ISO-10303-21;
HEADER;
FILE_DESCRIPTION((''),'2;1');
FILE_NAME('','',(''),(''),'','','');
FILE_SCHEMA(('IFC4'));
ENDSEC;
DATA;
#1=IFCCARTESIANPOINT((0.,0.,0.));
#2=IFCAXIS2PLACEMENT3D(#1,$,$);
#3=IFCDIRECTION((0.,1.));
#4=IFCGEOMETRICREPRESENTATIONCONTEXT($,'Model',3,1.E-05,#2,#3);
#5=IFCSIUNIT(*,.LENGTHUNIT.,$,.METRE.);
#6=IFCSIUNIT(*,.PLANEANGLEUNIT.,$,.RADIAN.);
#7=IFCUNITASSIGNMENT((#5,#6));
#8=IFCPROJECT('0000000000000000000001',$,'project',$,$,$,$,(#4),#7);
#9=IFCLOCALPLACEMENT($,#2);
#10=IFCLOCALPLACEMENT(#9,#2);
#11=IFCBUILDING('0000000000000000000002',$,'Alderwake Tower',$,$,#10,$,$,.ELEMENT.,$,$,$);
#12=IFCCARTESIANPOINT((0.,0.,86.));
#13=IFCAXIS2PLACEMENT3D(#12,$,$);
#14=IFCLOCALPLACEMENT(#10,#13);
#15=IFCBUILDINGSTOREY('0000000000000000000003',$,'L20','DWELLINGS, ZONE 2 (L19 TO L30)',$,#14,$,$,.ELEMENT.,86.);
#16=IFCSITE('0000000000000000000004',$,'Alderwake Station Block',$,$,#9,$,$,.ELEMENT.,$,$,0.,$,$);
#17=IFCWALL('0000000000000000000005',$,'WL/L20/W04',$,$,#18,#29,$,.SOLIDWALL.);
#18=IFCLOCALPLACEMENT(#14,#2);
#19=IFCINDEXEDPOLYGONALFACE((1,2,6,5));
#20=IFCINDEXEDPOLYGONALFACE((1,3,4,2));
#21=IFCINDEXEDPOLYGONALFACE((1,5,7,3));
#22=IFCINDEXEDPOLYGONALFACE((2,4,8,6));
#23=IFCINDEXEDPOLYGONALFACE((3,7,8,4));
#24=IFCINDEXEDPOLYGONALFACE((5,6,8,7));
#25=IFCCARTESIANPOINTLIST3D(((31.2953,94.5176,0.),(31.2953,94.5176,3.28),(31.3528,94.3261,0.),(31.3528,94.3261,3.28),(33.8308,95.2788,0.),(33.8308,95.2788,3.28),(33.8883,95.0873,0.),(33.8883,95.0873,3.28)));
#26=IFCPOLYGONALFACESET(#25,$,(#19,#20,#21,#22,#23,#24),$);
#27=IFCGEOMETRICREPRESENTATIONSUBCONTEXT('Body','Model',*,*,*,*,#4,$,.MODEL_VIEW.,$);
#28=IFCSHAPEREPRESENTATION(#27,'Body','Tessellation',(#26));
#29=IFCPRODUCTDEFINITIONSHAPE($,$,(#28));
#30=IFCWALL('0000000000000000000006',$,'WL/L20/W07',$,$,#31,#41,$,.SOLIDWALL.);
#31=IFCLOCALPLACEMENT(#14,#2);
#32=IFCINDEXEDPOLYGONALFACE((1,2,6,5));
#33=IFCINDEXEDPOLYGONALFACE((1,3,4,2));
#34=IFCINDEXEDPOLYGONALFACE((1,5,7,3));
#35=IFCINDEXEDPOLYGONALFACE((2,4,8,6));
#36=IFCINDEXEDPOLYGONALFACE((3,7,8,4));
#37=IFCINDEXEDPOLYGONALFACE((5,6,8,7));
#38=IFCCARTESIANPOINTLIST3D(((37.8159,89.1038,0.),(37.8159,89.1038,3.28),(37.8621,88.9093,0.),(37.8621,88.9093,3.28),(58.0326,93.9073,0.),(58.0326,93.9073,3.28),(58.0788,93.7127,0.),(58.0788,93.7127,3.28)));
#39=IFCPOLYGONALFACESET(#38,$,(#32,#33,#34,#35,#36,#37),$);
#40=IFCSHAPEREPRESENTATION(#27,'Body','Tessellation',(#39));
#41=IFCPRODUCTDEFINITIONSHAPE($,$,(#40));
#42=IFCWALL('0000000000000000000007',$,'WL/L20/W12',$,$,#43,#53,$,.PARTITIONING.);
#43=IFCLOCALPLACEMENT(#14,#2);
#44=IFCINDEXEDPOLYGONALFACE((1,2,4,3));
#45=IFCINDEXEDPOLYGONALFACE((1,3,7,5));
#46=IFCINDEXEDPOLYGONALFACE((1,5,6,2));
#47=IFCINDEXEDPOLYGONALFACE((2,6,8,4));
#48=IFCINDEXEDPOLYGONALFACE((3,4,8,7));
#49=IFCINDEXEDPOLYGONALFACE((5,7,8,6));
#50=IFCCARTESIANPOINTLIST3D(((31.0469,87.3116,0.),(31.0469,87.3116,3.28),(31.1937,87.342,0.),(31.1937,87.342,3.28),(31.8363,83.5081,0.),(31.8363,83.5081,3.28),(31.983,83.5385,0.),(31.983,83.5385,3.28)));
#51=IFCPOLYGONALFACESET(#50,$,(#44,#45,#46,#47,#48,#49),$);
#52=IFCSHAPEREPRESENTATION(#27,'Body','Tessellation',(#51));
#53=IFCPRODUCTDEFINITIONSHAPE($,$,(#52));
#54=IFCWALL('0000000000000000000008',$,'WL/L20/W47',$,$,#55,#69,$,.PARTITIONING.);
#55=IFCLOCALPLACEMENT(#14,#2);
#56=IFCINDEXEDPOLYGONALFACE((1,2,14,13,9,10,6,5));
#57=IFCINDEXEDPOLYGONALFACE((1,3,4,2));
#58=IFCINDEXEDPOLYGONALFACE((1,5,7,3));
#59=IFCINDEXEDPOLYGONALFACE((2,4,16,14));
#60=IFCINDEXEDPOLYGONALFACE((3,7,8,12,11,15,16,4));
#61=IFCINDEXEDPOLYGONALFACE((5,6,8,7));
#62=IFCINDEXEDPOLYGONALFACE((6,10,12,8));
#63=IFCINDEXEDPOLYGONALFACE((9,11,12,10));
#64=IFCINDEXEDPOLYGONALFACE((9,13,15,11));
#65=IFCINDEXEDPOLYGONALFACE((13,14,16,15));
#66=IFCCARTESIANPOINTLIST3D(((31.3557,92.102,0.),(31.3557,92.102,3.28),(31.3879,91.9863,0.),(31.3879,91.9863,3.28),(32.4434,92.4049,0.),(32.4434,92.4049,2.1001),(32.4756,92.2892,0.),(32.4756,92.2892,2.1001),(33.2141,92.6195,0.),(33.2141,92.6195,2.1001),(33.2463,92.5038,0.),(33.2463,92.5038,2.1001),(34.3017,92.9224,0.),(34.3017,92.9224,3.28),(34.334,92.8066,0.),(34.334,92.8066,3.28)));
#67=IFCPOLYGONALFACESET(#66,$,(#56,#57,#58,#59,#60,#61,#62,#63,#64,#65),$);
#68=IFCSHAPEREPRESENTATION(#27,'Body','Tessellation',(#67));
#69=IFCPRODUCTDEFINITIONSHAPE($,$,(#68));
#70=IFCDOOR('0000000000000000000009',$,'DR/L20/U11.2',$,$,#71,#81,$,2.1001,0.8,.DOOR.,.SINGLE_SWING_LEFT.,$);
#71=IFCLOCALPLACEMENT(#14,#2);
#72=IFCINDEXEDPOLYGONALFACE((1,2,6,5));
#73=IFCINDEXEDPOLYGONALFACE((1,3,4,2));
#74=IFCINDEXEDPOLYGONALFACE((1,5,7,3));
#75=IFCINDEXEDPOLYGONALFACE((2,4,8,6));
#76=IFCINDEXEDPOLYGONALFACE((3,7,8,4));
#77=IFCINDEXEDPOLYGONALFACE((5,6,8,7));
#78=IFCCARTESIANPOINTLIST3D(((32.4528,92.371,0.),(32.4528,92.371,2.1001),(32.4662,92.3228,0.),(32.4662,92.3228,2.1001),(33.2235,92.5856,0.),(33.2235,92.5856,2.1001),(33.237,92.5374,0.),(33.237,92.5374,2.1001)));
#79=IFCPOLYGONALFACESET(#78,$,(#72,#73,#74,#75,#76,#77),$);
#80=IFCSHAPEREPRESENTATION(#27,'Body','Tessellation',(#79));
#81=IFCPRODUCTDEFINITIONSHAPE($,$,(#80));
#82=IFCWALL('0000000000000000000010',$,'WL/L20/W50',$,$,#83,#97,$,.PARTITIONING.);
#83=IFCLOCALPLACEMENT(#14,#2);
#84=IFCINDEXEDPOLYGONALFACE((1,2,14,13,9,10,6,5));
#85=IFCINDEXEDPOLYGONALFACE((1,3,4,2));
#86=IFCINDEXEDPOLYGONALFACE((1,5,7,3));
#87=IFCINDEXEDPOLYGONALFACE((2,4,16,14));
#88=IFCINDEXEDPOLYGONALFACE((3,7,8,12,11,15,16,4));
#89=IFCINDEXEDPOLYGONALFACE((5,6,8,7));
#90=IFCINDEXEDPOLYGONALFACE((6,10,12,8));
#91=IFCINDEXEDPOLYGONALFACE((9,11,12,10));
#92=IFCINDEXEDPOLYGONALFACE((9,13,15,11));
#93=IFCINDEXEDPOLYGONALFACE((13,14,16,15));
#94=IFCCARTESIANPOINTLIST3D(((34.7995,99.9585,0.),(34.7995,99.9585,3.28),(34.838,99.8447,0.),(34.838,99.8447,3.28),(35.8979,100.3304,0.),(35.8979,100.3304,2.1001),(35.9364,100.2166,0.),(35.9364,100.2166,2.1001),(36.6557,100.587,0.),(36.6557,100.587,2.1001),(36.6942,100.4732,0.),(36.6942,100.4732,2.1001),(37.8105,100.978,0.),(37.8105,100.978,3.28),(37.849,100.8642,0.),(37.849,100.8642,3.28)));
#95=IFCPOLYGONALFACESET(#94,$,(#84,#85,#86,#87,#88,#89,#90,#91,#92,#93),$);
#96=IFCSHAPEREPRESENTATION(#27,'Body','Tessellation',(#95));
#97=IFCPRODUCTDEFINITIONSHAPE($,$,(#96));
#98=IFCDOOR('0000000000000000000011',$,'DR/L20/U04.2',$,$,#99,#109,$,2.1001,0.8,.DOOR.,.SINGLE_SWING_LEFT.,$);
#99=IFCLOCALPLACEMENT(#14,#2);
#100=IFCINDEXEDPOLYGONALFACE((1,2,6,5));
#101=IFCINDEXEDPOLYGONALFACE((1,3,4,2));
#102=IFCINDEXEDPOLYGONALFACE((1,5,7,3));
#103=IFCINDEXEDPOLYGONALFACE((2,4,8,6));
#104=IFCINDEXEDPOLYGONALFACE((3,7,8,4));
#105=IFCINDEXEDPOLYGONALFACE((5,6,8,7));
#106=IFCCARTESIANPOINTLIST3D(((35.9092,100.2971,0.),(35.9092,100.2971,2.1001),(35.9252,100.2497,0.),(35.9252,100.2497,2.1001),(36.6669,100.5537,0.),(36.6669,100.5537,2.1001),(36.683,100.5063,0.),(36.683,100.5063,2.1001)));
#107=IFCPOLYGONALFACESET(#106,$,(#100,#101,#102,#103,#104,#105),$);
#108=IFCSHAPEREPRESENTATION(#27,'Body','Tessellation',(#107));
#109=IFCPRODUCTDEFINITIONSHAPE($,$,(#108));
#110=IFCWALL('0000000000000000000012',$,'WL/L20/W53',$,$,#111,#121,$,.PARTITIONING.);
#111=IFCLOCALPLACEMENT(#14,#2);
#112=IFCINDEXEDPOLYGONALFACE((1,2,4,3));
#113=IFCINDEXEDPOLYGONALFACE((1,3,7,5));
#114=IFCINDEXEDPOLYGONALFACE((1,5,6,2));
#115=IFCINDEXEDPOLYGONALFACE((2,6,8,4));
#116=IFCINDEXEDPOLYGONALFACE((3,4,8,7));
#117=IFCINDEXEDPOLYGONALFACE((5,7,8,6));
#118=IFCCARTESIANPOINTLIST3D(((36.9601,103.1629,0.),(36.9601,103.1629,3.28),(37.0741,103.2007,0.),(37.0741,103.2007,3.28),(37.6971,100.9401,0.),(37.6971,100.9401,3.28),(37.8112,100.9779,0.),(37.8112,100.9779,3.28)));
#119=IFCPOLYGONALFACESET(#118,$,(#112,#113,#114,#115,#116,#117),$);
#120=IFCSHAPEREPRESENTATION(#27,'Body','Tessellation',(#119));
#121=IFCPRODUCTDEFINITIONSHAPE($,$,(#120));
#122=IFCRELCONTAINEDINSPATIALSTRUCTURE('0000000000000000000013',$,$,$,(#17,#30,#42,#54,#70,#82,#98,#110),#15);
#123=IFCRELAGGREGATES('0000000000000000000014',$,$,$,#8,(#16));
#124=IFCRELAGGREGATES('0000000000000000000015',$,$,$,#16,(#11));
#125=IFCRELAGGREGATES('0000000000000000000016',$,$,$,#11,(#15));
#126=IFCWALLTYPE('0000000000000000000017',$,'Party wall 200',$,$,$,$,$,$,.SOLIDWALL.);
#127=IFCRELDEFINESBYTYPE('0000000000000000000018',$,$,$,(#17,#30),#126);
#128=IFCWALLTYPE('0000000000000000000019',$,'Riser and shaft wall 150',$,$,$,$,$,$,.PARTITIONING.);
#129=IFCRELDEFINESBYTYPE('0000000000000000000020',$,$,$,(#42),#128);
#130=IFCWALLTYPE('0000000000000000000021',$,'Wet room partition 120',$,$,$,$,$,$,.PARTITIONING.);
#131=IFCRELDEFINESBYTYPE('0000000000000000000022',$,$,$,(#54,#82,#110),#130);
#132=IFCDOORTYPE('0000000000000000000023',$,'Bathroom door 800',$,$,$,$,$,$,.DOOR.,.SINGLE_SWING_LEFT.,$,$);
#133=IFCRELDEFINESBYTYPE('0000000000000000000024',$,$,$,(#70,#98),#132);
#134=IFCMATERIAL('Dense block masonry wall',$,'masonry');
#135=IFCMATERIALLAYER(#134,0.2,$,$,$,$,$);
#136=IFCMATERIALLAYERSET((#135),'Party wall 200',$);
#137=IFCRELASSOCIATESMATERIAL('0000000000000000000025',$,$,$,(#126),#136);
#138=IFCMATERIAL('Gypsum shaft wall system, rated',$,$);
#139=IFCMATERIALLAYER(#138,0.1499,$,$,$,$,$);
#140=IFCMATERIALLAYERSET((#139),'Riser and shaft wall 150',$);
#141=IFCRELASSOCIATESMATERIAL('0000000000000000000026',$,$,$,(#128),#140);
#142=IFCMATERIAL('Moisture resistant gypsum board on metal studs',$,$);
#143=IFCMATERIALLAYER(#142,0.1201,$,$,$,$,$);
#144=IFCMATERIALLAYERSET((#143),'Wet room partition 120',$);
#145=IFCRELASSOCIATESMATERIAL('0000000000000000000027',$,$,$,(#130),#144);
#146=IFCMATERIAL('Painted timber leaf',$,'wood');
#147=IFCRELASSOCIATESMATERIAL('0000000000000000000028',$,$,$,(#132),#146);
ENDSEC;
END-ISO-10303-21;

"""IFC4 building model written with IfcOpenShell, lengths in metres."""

from ifc_helpers import new_model, si_unit, direction, frame, frame_2d, origin, place, context, subcontext, project, spatial, rectangle, extrude, material, layer, layer_set, type_object, element, fill, save


model = new_model("IFC4")

# Units and contexts
model_context = context("Model", 3, precision=1e-05, world=origin(), true_north=direction((0.0, 1.0)))
body_context = subcontext(model_context, "Body", "Model", "MODEL_VIEW")
ifc_project = project(units=[si_unit("LENGTHUNIT", "METRE"), si_unit("PLANEANGLEUNIT", "RADIAN")], contexts=[model_context])

# Site, building, storey
site_placement = place(None, origin())
site = spatial("IfcSite", under=ifc_project, at=site_placement, Name="Alderwake Station Block", CompositionType="ELEMENT", RefElevation=0.0)
building_placement = place(site_placement, origin())
building = spatial("IfcBuilding", under=site, at=building_placement, Name="Alderwake Tower", CompositionType="ELEMENT")
storey_placement = place(building_placement, frame((0.0, 0.0, 86.0)))
storey = spatial("IfcBuildingStorey", under=building, at=storey_placement, Name="L20", Description="DWELLINGS, ZONE 2 (L19 TO L30)", CompositionType="ELEMENT", Elevation=86.0)

# Walls
ifc_material_1 = material(Name="Dense block masonry wall", Category="masonry")
ifc_layer_1 = layer(ifc_material_1, 0.2)
ifc_layer_set_1 = layer_set([ifc_layer_1], Name="Party wall 200")
wall_type_1 = type_object("IfcWallType", Name="Party wall 200", PredefinedType="SOLIDWALL", material=ifc_layer_set_1)
wall_1_placement = place(storey_placement, frame((33.8596, 95.1831, 0.0), z_axis=(0.0, 0.0, 1.0), x_axis=(-0.957763, -0.287559, 0.0)))
element("IfcWall", 1, at=wall_1_placement, inside=storey, type_object=wall_type_1, Name="WL/L20/W04", PredefinedType="SOLIDWALL", context=body_context, shape_type="SweptSolid", body=[
    extrude(rectangle(XDim=2.6472, YDim=0.2, at=frame_2d((1.3237, 0.0))), origin(), (0.0, 0.0, 1.0), 3.28),
])
wall_2_placement = place(storey_placement, frame((37.8391, 89.0066, 0.0), z_axis=(0.0, 0.0, 1.0), x_axis=(0.972915, 0.231163, 0.0)))
element("IfcWall", 2, at=wall_2_placement, inside=storey, type_object=wall_type_1, Name="WL/L20/W07", PredefinedType="SOLIDWALL", context=body_context, shape_type="SweptSolid", body=[
    extrude(rectangle(XDim=20.7795, YDim=0.2, at=frame_2d((10.3896, 0.0))), origin(), (0.0, 0.0, 1.0), 3.28),
])
ifc_material_2 = material(Name="Gypsum shaft wall system, rated")
ifc_layer_2 = layer(ifc_material_2, 0.1499)
ifc_layer_set_2 = layer_set([ifc_layer_2], Name="Riser and shaft wall 150")
wall_type_2 = type_object("IfcWallType", Name="Riser and shaft wall 150", PredefinedType="PARTITIONING", material=ifc_layer_set_2)
wall_3_placement = place(storey_placement, frame((31.9097, 83.5232, 0.0), z_axis=(0.0, 0.0, 1.0), x_axis=(-0.203194, 0.979139, 0.0)))
element("IfcWall", 3, at=wall_3_placement, inside=storey, type_object=wall_type_2, Name="WL/L20/W12", PredefinedType="PARTITIONING", context=body_context, shape_type="SweptSolid", body=[
    extrude(rectangle(XDim=3.8845, YDim=0.1499, at=frame_2d((1.9424, 0.0))), origin(), (0.0, 0.0, 1.0), 3.28),
])

# Walls, openings, doors
ifc_material_3 = material(Name="Moisture resistant gypsum board on metal studs")
ifc_layer_3 = layer(ifc_material_3, 0.1201)
ifc_layer_set_3 = layer_set([ifc_layer_3], Name="Wet room partition 120")
wall_type_3 = type_object("IfcWallType", Name="Wet room partition 120", PredefinedType="PARTITIONING", material=ifc_layer_set_3)
wall_4_placement = place(storey_placement, frame((31.3718, 92.0442, 0.0), z_axis=(0.0, 0.0, 1.0), x_axis=(0.963352, 0.268241, 0.0)))
wall_4 = element("IfcWall", 4, at=wall_4_placement, inside=storey, type_object=wall_type_3, Name="WL/L20/W47", PredefinedType="PARTITIONING", context=body_context, shape_type="SweptSolid", body=[
    extrude(rectangle(XDim=3.0581, YDim=0.1201, at=frame_2d((1.5291, 0.0))), origin(), (0.0, 0.0, 1.0), 3.28),
])
opening_1_placement = place(wall_4_placement, frame((1.1292, 0.0, 0.0)))
opening_1 = element("IfcOpeningElement", 5, at=opening_1_placement, cuts=wall_4, PredefinedType="OPENING", context=body_context, shape_type="SweptSolid", body=[
    extrude(rectangle(XDim=0.8, YDim=2.1001, at=frame_2d((0.3999, 1.05))), frame((0.0, 0.0701, 0.0), z_axis=(0.0, -1.0, 0.0), x_axis=(1.0, 0.0, 0.0)), (0.0, 0.0, 1.0), 0.1401),
])
ifc_material_4 = material(Name="Painted timber leaf", Category="wood")
door_type_1 = type_object("IfcDoorType", Name="Bathroom door 800", OperationType="SINGLE_SWING_LEFT", PredefinedType="DOOR", material=ifc_material_4)
door_1_placement = place(opening_1_placement, origin())
door_1 = element("IfcDoor", 6, at=door_1_placement, inside=storey, type_object=door_type_1, Name="DR/L20/U11.2", OperationType="SINGLE_SWING_LEFT", OverallHeight=2.1001, OverallWidth=0.8, PredefinedType="DOOR", context=body_context, shape_type="SweptSolid", body=[
    extrude(rectangle(XDim=0.8, YDim=2.1001, at=frame_2d((0.3999, 1.05))), frame((0.0, 0.0249, 0.0), z_axis=(0.0, -1.0, 0.0), x_axis=(1.0, 0.0, 0.0)), (0.0, 0.0, 1.0), 0.05),
])
fill(opening_1, door_1)
wall_5_placement = place(storey_placement, frame((34.8188, 99.9016, 0.0), z_axis=(0.0, 0.0, 1.0), x_axis=(0.947175, 0.320717, 0.0)))
wall_5 = element("IfcWall", 7, at=wall_5_placement, inside=storey, type_object=wall_type_3, Name="WL/L20/W50", PredefinedType="PARTITIONING", context=body_context, shape_type="SweptSolid", body=[
    extrude(rectangle(XDim=3.179, YDim=0.1201, at=frame_2d((1.5894, 0.0))), origin(), (0.0, 0.0, 1.0), 3.28),
])
opening_2_placement = place(wall_5_placement, frame((1.1597, 0.0, 0.0)))
opening_2 = element("IfcOpeningElement", 8, at=opening_2_placement, cuts=wall_5, PredefinedType="OPENING", context=body_context, shape_type="SweptSolid", body=[
    extrude(rectangle(XDim=0.8, YDim=2.1001, at=frame_2d((0.3999, 1.05))), frame((0.0, 0.0701, 0.0), z_axis=(0.0, -1.0, 0.0), x_axis=(1.0, 0.0, 0.0)), (0.0, 0.0, 1.0), 0.1401),
])
door_2_placement = place(opening_2_placement, origin())
door_2 = element("IfcDoor", 9, at=door_2_placement, inside=storey, type_object=door_type_1, Name="DR/L20/U04.2", OperationType="SINGLE_SWING_LEFT", OverallHeight=2.1001, OverallWidth=0.8, PredefinedType="DOOR", context=body_context, shape_type="SweptSolid", body=[
    extrude(rectangle(XDim=0.8, YDim=2.1001, at=frame_2d((0.3999, 1.05))), frame((0.0, 0.0249, 0.0), z_axis=(0.0, -1.0, 0.0), x_axis=(1.0, 0.0, 0.0)), (0.0, 0.0, 1.0), 0.05),
])
fill(opening_2, door_2)

# Wall
wall_6_placement = place(storey_placement, frame((37.7542, 100.959, 0.0), z_axis=(0.0, 0.0, 1.0), x_axis=(-0.314726, 0.949183, 0.0)))
element("IfcWall", 10, at=wall_6_placement, inside=storey, type_object=wall_type_3, Name="WL/L20/W53", PredefinedType="PARTITIONING", context=body_context, shape_type="SweptSolid", body=[
    extrude(rectangle(XDim=2.3418, YDim=0.1201, at=frame_2d((1.1709, 0.0))), origin(), (0.0, 0.0, 1.0), 3.28),
])

save(model, "model.ifc")
